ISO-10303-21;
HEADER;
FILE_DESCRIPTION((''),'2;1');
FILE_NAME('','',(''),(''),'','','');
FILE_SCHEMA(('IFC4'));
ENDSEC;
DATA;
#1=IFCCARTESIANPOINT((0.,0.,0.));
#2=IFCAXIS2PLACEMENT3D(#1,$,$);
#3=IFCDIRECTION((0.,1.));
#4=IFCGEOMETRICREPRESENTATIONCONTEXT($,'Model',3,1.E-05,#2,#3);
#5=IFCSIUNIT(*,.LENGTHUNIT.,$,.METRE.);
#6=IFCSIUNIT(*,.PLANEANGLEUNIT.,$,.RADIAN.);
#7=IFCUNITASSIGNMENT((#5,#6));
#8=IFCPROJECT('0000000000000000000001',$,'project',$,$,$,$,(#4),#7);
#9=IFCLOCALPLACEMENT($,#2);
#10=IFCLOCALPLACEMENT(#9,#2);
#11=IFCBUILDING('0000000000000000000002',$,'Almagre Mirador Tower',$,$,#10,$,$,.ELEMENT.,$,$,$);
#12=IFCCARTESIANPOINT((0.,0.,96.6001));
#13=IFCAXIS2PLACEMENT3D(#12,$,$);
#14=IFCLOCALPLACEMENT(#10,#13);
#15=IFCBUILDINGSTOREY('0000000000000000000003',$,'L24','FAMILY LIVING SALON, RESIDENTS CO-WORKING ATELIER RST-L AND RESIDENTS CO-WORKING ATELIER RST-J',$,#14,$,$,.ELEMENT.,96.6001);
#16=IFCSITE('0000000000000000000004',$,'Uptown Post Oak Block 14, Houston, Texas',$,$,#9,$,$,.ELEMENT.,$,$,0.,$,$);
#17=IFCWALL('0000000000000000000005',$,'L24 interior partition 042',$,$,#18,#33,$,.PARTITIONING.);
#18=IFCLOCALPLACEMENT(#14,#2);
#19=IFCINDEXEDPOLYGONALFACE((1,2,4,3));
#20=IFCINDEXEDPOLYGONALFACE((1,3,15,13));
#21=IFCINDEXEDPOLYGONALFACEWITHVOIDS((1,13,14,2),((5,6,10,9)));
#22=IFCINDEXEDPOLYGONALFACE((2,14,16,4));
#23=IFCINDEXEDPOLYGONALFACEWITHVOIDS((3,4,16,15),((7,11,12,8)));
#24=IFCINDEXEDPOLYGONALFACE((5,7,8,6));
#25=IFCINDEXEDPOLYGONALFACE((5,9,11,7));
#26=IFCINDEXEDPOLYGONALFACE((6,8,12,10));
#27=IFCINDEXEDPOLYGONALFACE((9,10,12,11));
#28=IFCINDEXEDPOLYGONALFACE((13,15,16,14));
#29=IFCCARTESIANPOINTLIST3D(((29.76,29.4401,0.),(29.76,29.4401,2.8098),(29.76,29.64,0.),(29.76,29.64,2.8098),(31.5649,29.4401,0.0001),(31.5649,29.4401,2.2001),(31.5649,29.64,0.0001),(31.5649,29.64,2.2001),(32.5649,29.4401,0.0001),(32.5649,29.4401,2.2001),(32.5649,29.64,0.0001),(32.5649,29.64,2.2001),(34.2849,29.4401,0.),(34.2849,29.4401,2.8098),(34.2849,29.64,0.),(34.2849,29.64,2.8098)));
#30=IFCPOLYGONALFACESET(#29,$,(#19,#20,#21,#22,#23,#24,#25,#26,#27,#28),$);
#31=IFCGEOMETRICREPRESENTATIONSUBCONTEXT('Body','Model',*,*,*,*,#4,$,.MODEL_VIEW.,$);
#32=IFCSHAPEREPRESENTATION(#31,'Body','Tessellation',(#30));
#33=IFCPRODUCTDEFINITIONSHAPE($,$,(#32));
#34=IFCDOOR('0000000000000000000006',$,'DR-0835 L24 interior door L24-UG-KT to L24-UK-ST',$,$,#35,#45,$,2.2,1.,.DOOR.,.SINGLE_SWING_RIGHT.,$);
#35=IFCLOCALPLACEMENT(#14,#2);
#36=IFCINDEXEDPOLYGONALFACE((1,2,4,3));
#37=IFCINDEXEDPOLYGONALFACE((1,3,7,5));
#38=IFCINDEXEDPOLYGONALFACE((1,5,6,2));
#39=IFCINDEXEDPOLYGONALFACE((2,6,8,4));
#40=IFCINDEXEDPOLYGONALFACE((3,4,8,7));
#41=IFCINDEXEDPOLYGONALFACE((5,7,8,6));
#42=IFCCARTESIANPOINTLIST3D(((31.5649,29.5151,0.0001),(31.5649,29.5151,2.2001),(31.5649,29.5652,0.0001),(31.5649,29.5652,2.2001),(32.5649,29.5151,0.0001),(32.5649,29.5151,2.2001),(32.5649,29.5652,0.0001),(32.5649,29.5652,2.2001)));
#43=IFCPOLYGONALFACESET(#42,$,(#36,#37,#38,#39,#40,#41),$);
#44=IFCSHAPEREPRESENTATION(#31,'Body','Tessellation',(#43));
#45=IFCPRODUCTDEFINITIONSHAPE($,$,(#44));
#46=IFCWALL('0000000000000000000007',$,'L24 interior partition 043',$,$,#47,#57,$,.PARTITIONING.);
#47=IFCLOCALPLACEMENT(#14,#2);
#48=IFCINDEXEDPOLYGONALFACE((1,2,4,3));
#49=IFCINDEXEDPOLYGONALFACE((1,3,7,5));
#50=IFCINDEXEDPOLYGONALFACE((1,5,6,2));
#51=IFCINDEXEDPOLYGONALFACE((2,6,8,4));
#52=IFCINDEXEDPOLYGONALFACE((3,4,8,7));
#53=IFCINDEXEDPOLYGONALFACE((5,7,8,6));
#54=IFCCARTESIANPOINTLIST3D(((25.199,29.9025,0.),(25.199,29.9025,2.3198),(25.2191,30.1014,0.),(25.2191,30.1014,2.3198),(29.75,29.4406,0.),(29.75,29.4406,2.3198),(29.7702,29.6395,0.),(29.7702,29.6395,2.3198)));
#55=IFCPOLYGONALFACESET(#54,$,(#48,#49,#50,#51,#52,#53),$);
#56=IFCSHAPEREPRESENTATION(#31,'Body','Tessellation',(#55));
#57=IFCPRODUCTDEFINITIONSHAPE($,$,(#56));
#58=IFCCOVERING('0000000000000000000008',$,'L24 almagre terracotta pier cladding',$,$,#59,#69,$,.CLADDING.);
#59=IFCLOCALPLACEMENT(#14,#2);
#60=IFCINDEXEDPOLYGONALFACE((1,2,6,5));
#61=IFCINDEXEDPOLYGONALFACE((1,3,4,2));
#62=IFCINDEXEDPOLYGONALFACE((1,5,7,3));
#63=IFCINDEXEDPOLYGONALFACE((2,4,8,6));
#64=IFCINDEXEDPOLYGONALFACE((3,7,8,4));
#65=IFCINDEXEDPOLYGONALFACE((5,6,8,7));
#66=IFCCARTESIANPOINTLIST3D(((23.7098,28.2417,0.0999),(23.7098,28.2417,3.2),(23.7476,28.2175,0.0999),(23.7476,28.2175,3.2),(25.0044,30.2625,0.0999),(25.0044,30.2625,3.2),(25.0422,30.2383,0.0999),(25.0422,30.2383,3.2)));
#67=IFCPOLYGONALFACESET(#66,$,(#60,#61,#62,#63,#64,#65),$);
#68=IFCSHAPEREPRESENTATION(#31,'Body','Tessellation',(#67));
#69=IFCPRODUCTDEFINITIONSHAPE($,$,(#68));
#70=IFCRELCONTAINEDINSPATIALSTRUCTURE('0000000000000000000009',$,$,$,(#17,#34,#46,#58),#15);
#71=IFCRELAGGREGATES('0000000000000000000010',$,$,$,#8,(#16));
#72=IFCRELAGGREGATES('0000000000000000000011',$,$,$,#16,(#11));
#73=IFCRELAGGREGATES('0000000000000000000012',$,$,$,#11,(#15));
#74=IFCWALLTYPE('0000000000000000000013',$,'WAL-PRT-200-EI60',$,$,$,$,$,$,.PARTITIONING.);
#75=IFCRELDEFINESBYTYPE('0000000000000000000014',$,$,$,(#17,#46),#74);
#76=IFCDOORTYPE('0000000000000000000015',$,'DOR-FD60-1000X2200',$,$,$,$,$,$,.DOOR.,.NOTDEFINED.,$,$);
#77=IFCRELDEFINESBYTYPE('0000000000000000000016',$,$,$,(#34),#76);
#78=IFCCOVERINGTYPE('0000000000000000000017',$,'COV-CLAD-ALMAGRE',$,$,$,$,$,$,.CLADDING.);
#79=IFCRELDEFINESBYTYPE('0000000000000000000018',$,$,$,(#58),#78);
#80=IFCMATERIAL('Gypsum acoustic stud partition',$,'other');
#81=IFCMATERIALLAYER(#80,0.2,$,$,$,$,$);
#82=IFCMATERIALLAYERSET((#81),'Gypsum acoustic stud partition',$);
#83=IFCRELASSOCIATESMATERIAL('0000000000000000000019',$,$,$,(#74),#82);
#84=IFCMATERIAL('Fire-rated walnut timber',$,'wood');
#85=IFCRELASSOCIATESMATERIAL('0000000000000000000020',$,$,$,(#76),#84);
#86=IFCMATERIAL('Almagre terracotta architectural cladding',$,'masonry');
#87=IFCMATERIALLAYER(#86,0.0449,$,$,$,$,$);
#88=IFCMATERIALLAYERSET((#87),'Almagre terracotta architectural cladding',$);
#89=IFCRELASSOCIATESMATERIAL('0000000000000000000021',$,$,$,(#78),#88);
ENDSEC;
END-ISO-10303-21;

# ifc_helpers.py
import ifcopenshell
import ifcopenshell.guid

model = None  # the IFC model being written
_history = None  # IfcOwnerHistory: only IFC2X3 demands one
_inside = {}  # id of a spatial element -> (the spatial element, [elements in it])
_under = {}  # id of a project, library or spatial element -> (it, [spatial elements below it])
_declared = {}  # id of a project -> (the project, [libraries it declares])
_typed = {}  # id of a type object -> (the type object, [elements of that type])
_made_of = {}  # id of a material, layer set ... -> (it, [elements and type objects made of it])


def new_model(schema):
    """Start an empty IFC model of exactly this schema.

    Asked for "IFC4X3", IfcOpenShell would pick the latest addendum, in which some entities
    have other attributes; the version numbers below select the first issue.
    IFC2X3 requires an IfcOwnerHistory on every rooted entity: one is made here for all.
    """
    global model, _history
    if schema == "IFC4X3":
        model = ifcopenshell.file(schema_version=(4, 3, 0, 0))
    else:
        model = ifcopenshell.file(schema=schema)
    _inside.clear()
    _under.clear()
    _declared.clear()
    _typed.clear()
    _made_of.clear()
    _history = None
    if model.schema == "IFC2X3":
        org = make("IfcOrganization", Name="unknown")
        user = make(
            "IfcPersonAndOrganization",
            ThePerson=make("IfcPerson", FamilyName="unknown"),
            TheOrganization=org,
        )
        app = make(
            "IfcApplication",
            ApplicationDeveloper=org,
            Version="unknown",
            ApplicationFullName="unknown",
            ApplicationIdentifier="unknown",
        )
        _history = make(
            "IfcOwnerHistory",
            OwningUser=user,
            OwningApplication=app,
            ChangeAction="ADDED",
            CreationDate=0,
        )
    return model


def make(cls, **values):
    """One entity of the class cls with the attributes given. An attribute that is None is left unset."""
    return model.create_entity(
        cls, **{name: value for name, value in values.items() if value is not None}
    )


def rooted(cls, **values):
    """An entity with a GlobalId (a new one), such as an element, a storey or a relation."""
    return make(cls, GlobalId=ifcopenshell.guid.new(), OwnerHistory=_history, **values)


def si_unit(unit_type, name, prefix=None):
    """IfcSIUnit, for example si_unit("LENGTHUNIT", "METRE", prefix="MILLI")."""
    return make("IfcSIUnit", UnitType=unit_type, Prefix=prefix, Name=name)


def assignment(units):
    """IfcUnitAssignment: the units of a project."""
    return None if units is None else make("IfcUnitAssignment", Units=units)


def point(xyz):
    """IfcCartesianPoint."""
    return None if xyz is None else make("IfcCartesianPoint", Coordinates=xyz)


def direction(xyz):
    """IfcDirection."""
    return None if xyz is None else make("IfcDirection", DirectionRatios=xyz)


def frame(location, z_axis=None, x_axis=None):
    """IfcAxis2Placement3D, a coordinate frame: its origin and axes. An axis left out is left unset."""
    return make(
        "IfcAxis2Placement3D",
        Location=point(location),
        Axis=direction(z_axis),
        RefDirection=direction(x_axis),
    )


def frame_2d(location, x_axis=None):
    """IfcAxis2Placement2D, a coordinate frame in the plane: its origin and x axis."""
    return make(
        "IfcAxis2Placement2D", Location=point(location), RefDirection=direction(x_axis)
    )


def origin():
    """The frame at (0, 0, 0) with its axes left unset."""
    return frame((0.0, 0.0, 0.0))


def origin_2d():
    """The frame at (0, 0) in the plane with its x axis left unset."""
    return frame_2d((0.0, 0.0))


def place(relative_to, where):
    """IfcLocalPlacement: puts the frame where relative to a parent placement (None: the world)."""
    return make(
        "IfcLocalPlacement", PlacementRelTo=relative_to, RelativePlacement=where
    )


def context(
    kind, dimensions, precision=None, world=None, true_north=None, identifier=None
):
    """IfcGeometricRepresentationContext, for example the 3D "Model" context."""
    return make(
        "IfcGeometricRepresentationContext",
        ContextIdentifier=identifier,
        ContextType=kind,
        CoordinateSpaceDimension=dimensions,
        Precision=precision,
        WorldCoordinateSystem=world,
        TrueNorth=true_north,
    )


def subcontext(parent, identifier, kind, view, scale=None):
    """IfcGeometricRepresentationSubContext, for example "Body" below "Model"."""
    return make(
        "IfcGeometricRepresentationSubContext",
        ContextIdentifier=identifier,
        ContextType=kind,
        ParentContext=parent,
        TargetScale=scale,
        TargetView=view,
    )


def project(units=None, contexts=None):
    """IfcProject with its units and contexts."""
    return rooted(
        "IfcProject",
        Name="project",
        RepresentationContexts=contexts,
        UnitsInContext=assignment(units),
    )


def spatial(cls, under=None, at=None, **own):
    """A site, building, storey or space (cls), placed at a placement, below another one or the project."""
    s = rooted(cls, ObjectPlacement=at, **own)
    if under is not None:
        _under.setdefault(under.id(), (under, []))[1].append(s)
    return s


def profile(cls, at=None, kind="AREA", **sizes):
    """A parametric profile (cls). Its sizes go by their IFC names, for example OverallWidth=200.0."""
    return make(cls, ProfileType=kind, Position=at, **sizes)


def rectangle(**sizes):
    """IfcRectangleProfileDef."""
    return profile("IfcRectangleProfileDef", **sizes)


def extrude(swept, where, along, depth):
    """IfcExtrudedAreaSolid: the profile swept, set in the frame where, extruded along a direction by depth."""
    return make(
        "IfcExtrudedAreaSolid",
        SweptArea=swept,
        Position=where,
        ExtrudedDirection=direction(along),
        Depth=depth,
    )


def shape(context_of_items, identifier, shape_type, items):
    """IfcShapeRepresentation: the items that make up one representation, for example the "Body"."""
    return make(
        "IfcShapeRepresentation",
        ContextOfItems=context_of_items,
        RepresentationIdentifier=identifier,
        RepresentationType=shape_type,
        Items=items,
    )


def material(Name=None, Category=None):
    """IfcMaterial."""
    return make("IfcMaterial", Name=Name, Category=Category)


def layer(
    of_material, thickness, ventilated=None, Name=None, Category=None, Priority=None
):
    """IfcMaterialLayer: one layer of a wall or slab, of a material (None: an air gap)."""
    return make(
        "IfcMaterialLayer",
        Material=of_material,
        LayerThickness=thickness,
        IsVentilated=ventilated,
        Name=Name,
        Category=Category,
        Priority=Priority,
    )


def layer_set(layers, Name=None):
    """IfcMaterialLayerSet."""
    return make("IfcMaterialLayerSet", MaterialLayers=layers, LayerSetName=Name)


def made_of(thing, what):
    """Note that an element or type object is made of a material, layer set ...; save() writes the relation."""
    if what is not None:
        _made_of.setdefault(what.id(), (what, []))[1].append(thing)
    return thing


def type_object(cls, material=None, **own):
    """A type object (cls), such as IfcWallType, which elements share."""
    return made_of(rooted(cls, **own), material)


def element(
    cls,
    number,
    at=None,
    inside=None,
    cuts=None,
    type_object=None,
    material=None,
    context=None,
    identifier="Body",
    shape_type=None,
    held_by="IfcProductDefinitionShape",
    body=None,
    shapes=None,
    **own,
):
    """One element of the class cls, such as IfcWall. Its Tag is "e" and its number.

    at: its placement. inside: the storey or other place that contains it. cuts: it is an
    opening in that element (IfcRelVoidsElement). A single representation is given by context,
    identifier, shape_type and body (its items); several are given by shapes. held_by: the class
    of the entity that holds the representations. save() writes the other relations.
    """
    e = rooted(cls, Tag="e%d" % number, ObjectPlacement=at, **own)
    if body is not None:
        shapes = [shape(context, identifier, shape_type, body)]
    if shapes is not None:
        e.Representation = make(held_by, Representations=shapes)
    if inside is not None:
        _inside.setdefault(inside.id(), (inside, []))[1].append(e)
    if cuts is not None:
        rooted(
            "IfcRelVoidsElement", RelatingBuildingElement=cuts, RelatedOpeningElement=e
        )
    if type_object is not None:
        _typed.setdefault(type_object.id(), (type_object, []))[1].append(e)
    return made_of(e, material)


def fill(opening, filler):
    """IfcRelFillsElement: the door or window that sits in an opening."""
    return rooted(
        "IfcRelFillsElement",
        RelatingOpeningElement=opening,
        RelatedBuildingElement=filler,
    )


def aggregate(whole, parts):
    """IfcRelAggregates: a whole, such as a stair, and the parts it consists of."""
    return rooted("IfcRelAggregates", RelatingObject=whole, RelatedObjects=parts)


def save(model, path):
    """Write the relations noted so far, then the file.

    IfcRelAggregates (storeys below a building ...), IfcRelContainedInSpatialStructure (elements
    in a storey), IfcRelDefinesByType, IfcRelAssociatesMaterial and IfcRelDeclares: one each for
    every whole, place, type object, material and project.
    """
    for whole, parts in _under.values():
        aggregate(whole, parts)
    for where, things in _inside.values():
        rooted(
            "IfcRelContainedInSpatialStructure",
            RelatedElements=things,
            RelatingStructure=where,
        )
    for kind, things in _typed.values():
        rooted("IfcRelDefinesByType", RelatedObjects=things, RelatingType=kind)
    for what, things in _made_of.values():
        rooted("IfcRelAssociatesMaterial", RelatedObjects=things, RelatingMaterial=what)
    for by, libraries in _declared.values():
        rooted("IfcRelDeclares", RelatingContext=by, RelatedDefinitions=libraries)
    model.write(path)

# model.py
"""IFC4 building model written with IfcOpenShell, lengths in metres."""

from ifc_helpers import new_model, si_unit, direction, frame, frame_2d, origin, origin_2d, place, context, subcontext, project, spatial, rectangle, extrude, material, layer, layer_set, type_object, element, fill, save


model = new_model("IFC4")

# Units and contexts
model_context = context("Model", 3, precision=1e-05, world=origin(), true_north=direction((0.0, 1.0)))
body_context = subcontext(model_context, "Body", "Model", "MODEL_VIEW")
ifc_project = project(units=[si_unit("LENGTHUNIT", "METRE"), si_unit("PLANEANGLEUNIT", "RADIAN")], contexts=[model_context])

# Site, building, storey
site_placement = place(None, origin())
site = spatial("IfcSite", under=ifc_project, at=site_placement, Name="Uptown Post Oak Block 14, Houston, Texas", CompositionType="ELEMENT", RefElevation=0.0)
building_placement = place(site_placement, origin())
building = spatial("IfcBuilding", under=site, at=building_placement, Name="Almagre Mirador Tower", CompositionType="ELEMENT")
storey_placement = place(building_placement, frame((0.0, 0.0, 96.6001)))
storey = spatial("IfcBuildingStorey", under=building, at=storey_placement, Name="L24", Description="FAMILY LIVING SALON, RESIDENTS CO-WORKING ATELIER RST-L AND RESIDENTS CO-WORKING ATELIER RST-J", CompositionType="ELEMENT", Elevation=96.6001)

# Shared definitions
ifc_material_1 = material(Name="Gypsum acoustic stud partition", Category="other")
ifc_layer_1 = layer(ifc_material_1, 0.2)
ifc_layer_set_1 = layer_set([ifc_layer_1], Name="Gypsum acoustic stud partition")
wall_type_1 = type_object("IfcWallType", Name="WAL-PRT-200-EI60", PredefinedType="PARTITIONING", material=ifc_layer_set_1)

# Wall, opening, door
wall_1_placement = place(storey_placement, frame((34.2849, 29.54, 0.0), z_axis=(0.0, 0.0, 1.0), x_axis=(-1.0, 0.0, 0.0)))
wall_1 = element("IfcWall", 1, at=wall_1_placement, inside=storey, type_object=wall_type_1, Name="L24 interior partition 042", PredefinedType="PARTITIONING", context=body_context, shape_type="SweptSolid", body=[
    extrude(rectangle(XDim=4.5249, YDim=0.2, at=frame_2d((2.2625, 0.0))), origin(), (0.0, 0.0, 1.0), 2.8098),
])
opening_1_placement = place(wall_1_placement, frame((1.72, 0.0, 0.0)))
opening_1 = element("IfcOpeningElement", 2, at=opening_1_placement, cuts=wall_1, PredefinedType="OPENING", context=body_context, shape_type="SweptSolid", body=[
    extrude(rectangle(XDim=1.0, YDim=2.2, at=frame_2d((0.5, 1.1001))), frame((0.0, 0.1101, 0.0), z_axis=(0.0, -1.0, 0.0), x_axis=(1.0, 0.0, 0.0)), (0.0, 0.0, 1.0), 0.22),
])
ifc_material_2 = material(Name="Fire-rated walnut timber", Category="wood")
door_type_1 = type_object("IfcDoorType", Name="DOR-FD60-1000X2200", OperationType="NOTDEFINED", PredefinedType="DOOR", material=ifc_material_2)
door_1_placement = place(opening_1_placement, origin())
door_1 = element("IfcDoor", 3, at=door_1_placement, inside=storey, type_object=door_type_1, Name="DR-0835 L24 interior door L24-UG-KT to L24-UK-ST", OperationType="SINGLE_SWING_RIGHT", OverallHeight=2.2, OverallWidth=1.0, PredefinedType="DOOR", context=body_context, shape_type="SweptSolid", body=[
    extrude(rectangle(XDim=1.0, YDim=2.2, at=frame_2d((0.5, 1.1001))), frame((0.0, 0.0249, 0.0), z_axis=(0.0, -1.0, 0.0), x_axis=(1.0, 0.0, 0.0)), (0.0, 0.0, 1.0), 0.05),
])
fill(opening_1, door_1)

# Wall
wall_2_placement = place(storey_placement, frame((29.76, 29.54, 0.0), z_axis=(0.0, 0.0, 1.0), x_axis=(-0.994889, 0.100978, 0.0)))
element("IfcWall", 4, at=wall_2_placement, inside=storey, type_object=wall_type_1, Name="L24 interior partition 043", PredefinedType="PARTITIONING", context=body_context, shape_type="SweptSolid", body=[
    extrude(rectangle(XDim=4.5745, YDim=0.2, at=frame_2d((2.2871, 0.0))), origin(), (0.0, 0.0, 1.0), 2.3198),
])

# Covering
ifc_material_3 = material(Name="Almagre terracotta architectural cladding", Category="masonry")
ifc_layer_2 = layer(ifc_material_3, 0.0449)
ifc_layer_set_2 = layer_set([ifc_layer_2], Name="Almagre terracotta architectural cladding")
covering_type = type_object("IfcCoveringType", Name="COV-CLAD-ALMAGRE", PredefinedType="CLADDING", material=ifc_layer_set_2)
covering_placement = place(storey_placement, frame((24.376, 29.24, 0.0999), z_axis=(0.0, 0.0, 1.0), x_axis=(0.539447, 0.84202, 0.0)))
element("IfcCovering", 5, at=covering_placement, inside=storey, type_object=covering_type, Name="L24 almagre terracotta pier cladding", PredefinedType="CLADDING", context=body_context, shape_type="SweptSolid", body=[
    extrude(rectangle(XDim=2.3999, YDim=0.0449, at=origin_2d()), origin(), (0.0, 0.0, 1.0), 3.1001),
])

save(model, "model.ifc")
